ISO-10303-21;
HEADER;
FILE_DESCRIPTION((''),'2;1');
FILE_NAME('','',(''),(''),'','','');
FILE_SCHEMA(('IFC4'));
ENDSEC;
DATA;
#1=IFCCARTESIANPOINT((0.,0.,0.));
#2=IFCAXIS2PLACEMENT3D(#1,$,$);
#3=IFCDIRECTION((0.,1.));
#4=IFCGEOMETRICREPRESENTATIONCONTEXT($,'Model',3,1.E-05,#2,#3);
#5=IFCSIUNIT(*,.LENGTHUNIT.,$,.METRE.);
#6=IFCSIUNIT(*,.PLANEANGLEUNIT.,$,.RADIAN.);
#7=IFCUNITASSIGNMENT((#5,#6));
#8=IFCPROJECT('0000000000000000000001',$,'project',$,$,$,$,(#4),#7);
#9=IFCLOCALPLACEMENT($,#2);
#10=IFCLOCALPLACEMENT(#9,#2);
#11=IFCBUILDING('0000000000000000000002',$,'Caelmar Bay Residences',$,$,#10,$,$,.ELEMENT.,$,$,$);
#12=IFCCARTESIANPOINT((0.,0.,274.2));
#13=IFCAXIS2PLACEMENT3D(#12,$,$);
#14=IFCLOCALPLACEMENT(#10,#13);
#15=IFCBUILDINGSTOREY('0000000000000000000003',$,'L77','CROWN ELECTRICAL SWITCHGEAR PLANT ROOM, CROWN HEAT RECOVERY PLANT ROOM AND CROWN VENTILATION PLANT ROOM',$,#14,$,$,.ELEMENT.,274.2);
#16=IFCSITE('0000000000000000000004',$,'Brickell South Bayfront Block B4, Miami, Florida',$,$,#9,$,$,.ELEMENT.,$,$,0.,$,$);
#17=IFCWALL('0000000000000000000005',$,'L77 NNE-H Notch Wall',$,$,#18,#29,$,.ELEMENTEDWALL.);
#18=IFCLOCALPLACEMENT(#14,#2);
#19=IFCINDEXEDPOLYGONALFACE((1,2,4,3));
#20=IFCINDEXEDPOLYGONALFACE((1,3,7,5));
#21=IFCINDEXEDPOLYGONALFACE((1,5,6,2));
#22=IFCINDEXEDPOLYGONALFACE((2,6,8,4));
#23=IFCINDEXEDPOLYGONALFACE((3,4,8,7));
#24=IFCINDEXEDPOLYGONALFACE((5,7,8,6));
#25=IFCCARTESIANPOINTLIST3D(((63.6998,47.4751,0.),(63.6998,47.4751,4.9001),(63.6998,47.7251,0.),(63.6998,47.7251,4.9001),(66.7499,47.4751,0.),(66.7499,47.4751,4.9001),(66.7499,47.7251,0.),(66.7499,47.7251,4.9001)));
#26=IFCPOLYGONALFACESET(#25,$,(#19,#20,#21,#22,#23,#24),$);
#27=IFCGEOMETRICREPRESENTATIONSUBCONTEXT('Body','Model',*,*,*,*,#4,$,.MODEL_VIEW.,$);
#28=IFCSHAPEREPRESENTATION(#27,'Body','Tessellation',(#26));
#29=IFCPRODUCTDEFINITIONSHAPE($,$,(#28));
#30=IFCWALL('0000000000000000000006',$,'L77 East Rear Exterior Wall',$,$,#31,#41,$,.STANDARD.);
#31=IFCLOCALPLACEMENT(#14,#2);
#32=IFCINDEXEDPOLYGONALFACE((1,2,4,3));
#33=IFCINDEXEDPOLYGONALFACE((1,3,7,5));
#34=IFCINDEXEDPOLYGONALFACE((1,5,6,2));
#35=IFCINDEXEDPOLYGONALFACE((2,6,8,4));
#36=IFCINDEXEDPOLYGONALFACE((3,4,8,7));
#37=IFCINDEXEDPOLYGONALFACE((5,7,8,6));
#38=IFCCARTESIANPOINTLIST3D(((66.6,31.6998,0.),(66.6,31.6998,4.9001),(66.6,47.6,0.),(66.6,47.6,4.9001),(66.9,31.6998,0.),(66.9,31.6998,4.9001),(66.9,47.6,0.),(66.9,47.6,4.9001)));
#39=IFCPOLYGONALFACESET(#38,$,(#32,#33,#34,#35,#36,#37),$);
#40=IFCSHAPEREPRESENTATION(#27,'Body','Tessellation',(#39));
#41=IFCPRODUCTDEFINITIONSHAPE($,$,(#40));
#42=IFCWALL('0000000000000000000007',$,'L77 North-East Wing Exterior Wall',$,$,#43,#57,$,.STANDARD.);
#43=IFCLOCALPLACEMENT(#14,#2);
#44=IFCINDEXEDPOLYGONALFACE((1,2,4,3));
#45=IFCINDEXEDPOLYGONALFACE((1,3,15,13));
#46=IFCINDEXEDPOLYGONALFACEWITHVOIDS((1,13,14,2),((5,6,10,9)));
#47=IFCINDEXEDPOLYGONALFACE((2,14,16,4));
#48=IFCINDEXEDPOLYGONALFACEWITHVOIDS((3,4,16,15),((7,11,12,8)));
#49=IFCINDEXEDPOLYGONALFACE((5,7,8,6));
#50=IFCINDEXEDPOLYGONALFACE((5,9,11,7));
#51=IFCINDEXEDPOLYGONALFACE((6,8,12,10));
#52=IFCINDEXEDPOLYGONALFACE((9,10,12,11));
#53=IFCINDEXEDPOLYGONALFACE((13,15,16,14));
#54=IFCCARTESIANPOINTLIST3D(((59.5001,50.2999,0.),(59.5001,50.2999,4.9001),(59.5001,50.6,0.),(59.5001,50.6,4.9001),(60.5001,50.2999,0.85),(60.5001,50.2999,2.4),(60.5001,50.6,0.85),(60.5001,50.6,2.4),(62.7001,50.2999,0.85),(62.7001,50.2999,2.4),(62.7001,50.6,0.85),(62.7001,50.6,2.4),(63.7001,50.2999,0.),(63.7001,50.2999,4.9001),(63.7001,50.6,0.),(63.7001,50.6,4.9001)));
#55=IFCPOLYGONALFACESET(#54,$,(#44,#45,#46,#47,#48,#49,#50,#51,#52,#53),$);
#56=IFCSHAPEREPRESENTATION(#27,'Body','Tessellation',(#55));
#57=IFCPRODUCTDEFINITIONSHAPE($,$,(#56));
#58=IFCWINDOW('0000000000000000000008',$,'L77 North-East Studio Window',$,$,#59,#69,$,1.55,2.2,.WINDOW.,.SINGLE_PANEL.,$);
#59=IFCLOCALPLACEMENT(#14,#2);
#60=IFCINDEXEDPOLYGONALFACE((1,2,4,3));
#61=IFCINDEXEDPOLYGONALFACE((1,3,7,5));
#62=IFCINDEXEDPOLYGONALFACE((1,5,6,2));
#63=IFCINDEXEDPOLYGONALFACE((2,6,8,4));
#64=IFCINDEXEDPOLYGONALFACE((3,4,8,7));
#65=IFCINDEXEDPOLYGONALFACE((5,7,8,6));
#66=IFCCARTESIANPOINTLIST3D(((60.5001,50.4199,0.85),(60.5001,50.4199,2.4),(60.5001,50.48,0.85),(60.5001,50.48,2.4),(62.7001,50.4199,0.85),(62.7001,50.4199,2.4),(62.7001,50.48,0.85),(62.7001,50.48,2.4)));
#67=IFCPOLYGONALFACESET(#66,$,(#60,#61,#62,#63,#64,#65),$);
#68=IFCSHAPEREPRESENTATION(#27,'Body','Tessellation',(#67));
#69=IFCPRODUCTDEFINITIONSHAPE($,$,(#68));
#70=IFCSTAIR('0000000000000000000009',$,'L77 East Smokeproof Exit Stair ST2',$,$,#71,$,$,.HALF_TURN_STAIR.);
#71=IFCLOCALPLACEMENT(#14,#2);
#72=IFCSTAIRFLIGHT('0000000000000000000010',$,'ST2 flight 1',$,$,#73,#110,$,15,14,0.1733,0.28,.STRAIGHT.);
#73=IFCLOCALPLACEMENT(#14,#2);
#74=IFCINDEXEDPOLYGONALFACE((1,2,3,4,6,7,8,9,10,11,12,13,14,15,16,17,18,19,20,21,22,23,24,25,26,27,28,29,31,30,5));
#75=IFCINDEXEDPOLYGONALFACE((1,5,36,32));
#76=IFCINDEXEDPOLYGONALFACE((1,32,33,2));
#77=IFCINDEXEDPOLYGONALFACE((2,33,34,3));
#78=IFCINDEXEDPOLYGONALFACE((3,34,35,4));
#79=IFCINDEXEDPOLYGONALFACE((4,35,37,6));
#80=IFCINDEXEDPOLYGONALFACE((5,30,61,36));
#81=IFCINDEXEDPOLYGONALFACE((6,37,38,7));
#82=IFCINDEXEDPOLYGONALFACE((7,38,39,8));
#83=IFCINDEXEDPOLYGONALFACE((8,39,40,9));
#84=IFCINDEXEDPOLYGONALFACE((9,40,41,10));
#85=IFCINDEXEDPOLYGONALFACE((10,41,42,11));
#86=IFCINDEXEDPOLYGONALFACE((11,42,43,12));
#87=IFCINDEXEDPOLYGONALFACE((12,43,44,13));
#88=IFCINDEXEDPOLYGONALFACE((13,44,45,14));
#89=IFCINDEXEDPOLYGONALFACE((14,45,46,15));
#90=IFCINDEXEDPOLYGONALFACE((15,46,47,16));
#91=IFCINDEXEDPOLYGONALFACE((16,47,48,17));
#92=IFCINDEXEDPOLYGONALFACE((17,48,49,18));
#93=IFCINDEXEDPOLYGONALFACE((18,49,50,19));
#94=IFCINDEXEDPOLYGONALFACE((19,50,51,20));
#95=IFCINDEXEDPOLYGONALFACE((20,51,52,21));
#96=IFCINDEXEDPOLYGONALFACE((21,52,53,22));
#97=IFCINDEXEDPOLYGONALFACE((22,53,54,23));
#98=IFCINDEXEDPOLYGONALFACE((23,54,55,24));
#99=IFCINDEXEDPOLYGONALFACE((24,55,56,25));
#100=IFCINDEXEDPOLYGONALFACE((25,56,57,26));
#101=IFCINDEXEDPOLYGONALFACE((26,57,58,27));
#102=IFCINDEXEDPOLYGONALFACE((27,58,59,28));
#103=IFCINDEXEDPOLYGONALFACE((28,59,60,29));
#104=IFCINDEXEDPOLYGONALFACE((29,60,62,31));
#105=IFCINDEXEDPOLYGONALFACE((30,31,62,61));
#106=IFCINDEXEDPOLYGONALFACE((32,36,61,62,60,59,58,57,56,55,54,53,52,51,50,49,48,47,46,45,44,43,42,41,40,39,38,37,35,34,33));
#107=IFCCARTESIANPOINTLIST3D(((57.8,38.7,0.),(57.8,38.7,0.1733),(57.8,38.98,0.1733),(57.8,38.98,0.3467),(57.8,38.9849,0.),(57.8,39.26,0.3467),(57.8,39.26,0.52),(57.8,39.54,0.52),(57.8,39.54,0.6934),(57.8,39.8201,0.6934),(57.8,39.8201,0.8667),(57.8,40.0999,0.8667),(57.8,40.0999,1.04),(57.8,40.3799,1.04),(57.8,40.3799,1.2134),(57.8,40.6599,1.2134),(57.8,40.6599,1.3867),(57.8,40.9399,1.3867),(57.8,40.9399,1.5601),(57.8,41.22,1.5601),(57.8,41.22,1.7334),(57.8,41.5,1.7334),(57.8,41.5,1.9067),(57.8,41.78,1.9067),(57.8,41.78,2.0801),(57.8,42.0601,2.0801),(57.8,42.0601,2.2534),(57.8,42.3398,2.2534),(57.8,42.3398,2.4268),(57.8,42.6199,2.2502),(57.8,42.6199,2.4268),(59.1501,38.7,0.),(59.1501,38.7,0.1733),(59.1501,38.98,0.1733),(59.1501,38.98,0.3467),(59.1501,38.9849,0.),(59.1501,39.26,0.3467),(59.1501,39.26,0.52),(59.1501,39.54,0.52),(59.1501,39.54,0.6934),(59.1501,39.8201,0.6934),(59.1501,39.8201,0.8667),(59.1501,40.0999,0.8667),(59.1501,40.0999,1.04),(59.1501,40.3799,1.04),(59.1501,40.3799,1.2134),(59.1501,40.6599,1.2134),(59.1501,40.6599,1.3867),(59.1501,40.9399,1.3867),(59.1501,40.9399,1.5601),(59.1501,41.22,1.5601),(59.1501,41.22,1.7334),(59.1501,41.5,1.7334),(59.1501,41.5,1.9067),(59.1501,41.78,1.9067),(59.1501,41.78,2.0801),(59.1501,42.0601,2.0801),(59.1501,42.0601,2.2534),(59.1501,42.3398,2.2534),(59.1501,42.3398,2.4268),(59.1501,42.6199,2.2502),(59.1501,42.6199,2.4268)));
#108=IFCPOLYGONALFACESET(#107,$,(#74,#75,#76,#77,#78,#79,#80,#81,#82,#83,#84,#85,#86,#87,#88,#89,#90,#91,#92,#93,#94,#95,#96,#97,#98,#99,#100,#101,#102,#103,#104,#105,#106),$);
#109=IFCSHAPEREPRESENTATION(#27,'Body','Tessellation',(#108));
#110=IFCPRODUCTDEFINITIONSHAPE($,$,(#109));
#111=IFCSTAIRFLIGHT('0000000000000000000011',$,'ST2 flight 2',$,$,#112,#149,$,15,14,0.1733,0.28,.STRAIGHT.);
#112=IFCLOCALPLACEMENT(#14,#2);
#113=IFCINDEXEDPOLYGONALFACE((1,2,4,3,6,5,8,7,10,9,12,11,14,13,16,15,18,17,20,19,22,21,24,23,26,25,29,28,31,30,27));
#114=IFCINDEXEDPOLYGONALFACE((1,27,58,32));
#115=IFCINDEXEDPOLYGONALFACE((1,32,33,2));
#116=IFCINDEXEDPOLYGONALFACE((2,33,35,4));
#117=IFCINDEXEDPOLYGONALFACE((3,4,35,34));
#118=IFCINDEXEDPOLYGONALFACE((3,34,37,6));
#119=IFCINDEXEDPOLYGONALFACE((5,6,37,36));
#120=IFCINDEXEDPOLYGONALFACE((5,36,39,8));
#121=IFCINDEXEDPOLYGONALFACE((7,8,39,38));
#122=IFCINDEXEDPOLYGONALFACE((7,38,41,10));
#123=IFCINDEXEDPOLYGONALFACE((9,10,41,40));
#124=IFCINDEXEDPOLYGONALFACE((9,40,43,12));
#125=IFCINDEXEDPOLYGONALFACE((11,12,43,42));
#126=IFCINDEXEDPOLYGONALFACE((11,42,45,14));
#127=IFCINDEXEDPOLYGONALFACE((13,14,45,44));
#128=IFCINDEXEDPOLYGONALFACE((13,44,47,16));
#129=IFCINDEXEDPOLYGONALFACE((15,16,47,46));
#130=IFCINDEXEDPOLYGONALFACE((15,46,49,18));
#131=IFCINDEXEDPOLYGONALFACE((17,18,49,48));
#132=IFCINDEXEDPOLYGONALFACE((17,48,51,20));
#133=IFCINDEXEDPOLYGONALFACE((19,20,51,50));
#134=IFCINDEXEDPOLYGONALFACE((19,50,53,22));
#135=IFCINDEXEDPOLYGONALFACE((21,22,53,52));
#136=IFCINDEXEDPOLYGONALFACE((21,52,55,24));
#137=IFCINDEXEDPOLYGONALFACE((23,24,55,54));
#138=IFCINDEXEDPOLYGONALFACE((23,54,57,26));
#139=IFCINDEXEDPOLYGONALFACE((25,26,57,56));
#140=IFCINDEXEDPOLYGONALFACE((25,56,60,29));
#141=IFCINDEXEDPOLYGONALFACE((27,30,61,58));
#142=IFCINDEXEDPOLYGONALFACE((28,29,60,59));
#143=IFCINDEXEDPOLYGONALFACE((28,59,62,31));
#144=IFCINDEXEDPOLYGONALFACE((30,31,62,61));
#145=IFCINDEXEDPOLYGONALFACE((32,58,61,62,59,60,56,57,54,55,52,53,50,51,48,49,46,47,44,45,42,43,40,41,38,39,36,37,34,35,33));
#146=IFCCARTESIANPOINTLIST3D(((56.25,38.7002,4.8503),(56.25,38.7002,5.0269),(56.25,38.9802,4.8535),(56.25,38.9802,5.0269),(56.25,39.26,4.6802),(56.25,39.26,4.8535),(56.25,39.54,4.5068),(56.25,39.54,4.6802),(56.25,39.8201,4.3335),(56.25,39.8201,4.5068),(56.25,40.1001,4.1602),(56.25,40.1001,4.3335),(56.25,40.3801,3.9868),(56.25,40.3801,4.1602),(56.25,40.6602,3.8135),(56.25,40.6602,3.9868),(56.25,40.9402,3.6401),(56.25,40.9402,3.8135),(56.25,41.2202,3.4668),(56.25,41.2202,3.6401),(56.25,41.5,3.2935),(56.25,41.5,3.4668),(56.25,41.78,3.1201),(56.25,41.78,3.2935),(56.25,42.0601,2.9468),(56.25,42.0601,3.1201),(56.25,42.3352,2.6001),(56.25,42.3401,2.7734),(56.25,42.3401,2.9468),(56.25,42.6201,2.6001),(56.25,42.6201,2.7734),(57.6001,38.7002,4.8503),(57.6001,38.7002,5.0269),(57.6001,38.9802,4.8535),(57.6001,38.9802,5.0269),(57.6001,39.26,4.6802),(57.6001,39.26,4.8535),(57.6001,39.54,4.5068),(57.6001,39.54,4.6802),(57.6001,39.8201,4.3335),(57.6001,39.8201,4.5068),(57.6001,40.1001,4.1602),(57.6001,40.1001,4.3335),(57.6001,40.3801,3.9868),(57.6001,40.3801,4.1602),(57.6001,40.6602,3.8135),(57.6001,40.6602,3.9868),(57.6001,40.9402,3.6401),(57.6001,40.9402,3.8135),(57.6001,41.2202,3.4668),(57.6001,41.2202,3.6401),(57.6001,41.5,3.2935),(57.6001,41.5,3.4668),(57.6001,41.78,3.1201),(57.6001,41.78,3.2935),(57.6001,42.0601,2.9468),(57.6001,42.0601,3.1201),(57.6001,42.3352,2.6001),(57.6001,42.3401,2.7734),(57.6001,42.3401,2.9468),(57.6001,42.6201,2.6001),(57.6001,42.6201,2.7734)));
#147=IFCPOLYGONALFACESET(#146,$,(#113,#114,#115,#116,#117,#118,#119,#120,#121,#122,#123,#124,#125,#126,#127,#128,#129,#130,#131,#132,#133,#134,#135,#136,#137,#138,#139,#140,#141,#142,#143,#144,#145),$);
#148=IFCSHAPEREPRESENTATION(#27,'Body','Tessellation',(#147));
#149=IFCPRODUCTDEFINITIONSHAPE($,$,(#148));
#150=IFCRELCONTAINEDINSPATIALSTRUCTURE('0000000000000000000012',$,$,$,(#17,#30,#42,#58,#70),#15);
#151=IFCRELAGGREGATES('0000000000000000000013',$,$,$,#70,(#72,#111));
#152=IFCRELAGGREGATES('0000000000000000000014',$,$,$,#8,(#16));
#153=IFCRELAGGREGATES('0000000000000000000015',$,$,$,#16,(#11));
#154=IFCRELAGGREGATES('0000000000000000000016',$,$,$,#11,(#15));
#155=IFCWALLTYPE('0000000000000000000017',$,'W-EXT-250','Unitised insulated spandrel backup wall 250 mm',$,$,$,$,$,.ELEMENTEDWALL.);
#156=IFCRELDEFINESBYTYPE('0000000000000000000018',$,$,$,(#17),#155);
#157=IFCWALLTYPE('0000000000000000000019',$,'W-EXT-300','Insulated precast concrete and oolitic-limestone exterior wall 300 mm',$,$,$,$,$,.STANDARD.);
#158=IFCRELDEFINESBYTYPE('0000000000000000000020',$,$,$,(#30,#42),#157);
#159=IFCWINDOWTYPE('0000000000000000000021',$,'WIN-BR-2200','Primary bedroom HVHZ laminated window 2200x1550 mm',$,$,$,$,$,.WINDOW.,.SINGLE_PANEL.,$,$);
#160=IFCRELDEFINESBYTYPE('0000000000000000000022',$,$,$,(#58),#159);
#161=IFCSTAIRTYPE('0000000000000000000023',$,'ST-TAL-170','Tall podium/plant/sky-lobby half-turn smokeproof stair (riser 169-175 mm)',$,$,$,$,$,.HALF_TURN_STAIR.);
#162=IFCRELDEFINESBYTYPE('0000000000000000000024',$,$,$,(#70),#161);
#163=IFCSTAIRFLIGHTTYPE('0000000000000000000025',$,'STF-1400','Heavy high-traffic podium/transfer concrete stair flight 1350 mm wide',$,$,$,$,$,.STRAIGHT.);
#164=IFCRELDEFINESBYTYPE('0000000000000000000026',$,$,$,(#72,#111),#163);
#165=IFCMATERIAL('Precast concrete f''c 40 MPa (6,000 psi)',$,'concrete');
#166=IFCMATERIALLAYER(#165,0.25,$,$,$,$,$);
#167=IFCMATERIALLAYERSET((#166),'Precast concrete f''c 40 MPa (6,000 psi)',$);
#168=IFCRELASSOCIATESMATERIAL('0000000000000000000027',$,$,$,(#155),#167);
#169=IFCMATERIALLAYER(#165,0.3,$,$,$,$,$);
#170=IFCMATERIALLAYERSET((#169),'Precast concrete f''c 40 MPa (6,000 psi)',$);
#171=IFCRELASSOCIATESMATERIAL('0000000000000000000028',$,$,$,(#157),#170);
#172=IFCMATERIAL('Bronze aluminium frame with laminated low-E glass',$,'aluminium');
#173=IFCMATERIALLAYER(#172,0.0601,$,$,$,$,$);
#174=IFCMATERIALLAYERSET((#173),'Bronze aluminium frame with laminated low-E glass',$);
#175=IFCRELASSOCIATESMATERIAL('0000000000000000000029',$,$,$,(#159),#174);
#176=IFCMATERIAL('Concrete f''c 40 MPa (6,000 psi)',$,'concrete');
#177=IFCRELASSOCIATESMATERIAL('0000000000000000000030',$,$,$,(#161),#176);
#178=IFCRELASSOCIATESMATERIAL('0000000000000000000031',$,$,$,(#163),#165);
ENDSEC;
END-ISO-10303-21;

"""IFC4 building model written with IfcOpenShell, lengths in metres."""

from ifc_helpers import new_model, si_unit, direction, frame, frame_2d, origin, place, context, subcontext, project, spatial, polyline, rectangle, outline, extrude, material, layer, layer_set, type_object, element, fill, aggregate, save


model = new_model("IFC4")

# Units and contexts
model_context = context("Model", 3, precision=1e-05, world=origin(), true_north=direction((0.0, 1.0)))
body_context = subcontext(model_context, "Body", "Model", "MODEL_VIEW")
ifc_project = project(units=[si_unit("LENGTHUNIT", "METRE"), si_unit("PLANEANGLEUNIT", "RADIAN")], contexts=[model_context])

# Site, building, storey
site_placement = place(None, origin())
site = spatial("IfcSite", under=ifc_project, at=site_placement, Name="Brickell South Bayfront Block B4, Miami, Florida", CompositionType="ELEMENT", RefElevation=0.0)
building_placement = place(site_placement, origin())
building = spatial("IfcBuilding", under=site, at=building_placement, Name="Caelmar Bay Residences", CompositionType="ELEMENT")
storey_placement = place(building_placement, frame((0.0, 0.0, 274.2)))
storey = spatial("IfcBuildingStorey", under=building, at=storey_placement, Name="L77", Description="CROWN ELECTRICAL SWITCHGEAR PLANT ROOM, CROWN HEAT RECOVERY PLANT ROOM AND CROWN VENTILATION PLANT ROOM", CompositionType="ELEMENT", Elevation=274.2)

# Walls
ifc_material_1 = material(Name="Precast concrete f'c 40 MPa (6,000 psi)", Category="concrete")
ifc_layer_1 = layer(ifc_material_1, 0.25)
ifc_layer_set_1 = layer_set([ifc_layer_1], Name="Precast concrete f'c 40 MPa (6,000 psi)")
wall_type_1 = type_object("IfcWallType", Name="W-EXT-250", Description="Unitised insulated spandrel backup wall 250 mm", PredefinedType="ELEMENTEDWALL", material=ifc_layer_set_1)
wall_1_placement = place(storey_placement, frame((63.7, 47.6001, 0.0), z_axis=(0.0, 0.0, 1.0), x_axis=(1.0, 0.0, 0.0)))
element("IfcWall", 1, at=wall_1_placement, inside=storey, type_object=wall_type_1, Name="L77 NNE-H Notch Wall", PredefinedType="ELEMENTEDWALL", context=body_context, shape_type="SweptSolid", body=[
    extrude(rectangle(XDim=3.05, YDim=0.25, at=frame_2d((1.5249, 0.0))), origin(), (0.0, 0.0, 1.0), 4.9001),
])
ifc_layer_2 = layer(ifc_material_1, 0.3)
ifc_layer_set_2 = layer_set([ifc_layer_2], Name="Precast concrete f'c 40 MPa (6,000 psi)")
wall_type_2 = type_object("IfcWallType", Name="W-EXT-300", Description="Insulated precast concrete and oolitic-limestone exterior wall 300 mm", PredefinedType="STANDARD", material=ifc_layer_set_2)
wall_2_placement = place(storey_placement, frame((66.75, 47.6001, 0.0), z_axis=(0.0, 0.0, 1.0), x_axis=(0.0, -1.0, 0.0)))
element("IfcWall", 2, at=wall_2_placement, inside=storey, type_object=wall_type_2, Name="L77 East Rear Exterior Wall", PredefinedType="STANDARD", context=body_context, shape_type="SweptSolid", body=[
    extrude(rectangle(XDim=15.9001, YDim=0.3, at=frame_2d((7.9502, 0.0))), origin(), (0.0, 0.0, 1.0), 4.9001),
])

# Wall, opening, window
wall_3_placement = place(storey_placement, frame((59.5, 50.45, 0.0), z_axis=(0.0, 0.0, 1.0), x_axis=(1.0, 0.0, 0.0)))
wall_3 = element("IfcWall", 3, at=wall_3_placement, inside=storey, type_object=wall_type_2, Name="L77 North-East Wing Exterior Wall", PredefinedType="STANDARD", context=body_context, shape_type="SweptSolid", body=[
    extrude(rectangle(XDim=4.2, YDim=0.3, at=frame_2d((2.1001, 0.0))), origin(), (0.0, 0.0, 1.0), 4.9001),
])
opening_placement = place(wall_3_placement, frame((1.0, 0.0, 0.8501)))
opening = element("IfcOpeningElement", 4, at=opening_placement, cuts=wall_3, PredefinedType="OPENING", context=body_context, shape_type="SweptSolid", body=[
    extrude(rectangle(XDim=2.2, YDim=1.55, at=frame_2d((1.1001, 0.7749))), frame((0.0, 0.1599, 0.0), z_axis=(0.0, -1.0, 0.0), x_axis=(1.0, 0.0, 0.0)), (0.0, 0.0, 1.0), 0.3201),
])
ifc_material_2 = material(Name="Bronze aluminium frame with laminated low-E glass", Category="aluminium")
ifc_layer_3 = layer(ifc_material_2, 0.0601)
ifc_layer_set_3 = layer_set([ifc_layer_3], Name="Bronze aluminium frame with laminated low-E glass")
window_type = type_object("IfcWindowType", Name="WIN-BR-2200", Description="Primary bedroom HVHZ laminated window 2200x1550 mm", PartitioningType="SINGLE_PANEL", PredefinedType="WINDOW", material=ifc_layer_set_3)
window_placement = place(opening_placement, origin())
window = element("IfcWindow", 5, at=window_placement, inside=storey, type_object=window_type, Name="L77 North-East Studio Window", OverallHeight=1.55, OverallWidth=2.2, PartitioningType="SINGLE_PANEL", PredefinedType="WINDOW", context=body_context, shape_type="SweptSolid", body=[
    extrude(rectangle(XDim=2.2, YDim=1.55, at=frame_2d((1.1001, 0.7749))), frame((0.0, 0.03, 0.0), z_axis=(0.0, -1.0, 0.0), x_axis=(1.0, 0.0, 0.0)), (0.0, 0.0, 1.0), 0.0601),
])
fill(opening, window)

# Stair, stair flights
ifc_material_3 = material(Name="Concrete f'c 40 MPa (6,000 psi)", Category="concrete")
stair_type = type_object("IfcStairType", Name="ST-TAL-170", Description="Tall podium/plant/sky-lobby half-turn smokeproof stair (riser 169-175 mm)", PredefinedType="HALF_TURN_STAIR", material=ifc_material_3)
stair_placement = place(storey_placement, origin())
stair = element("IfcStair", 6, at=stair_placement, inside=storey, type_object=stair_type, Name="L77 East Smokeproof Exit Stair ST2", PredefinedType="HALF_TURN_STAIR")
stair_flight_type = type_object("IfcStairFlightType", Name="STF-1400", Description="Heavy high-traffic podium/transfer concrete stair flight 1350 mm wide", PredefinedType="STRAIGHT", material=ifc_material_1)
stair_flight_1_placement = place(storey_placement, frame((58.4751, 38.7, 0.0), z_axis=(0.0, 0.0, 1.0), x_axis=(0.0, 1.0, 0.0)))
stair_flight_1 = element("IfcStairFlight", 7, at=stair_flight_1_placement, type_object=stair_flight_type, Name="ST2 flight 1", NumberOfRisers=15, NumberOfTreads=14, PredefinedType="STRAIGHT", RiserHeight=0.1733, TreadLength=0.28, context=body_context, shape_type="SweptSolid", body=[
    extrude(outline(polyline([(0.0, 0.0), (0.0, 0.1733), (0.28, 0.1733), (0.28, 0.3467), (0.5601, 0.3467), (0.5601, 0.52), (0.8401, 0.52), (0.8401, 0.6934), (1.1201, 0.6934), (1.1201, 0.8667), (1.3999, 0.8667), (1.3999, 1.04), (1.6799, 1.04), (1.6799, 1.2134), (1.96, 1.2134), (1.96, 1.3867), (2.24, 1.3867), (2.24, 1.5601), (2.52, 1.5601), (2.52, 1.7334), (2.8, 1.7334), (2.8, 1.9067), (3.0801, 1.9067), (3.0801, 2.0801), (3.3601, 2.0801), (3.3601, 2.2534), (3.6399, 2.2534), (3.6399, 2.4268), (3.9199, 2.4268), (3.9199, 2.6001), (3.9199, 2.2502), (0.2849, 0.0), (0.0, 0.0)])), frame((0.0, 0.675, 0.0), z_axis=(0.0, -1.0, 0.0), x_axis=(1.0, 0.0, 0.0)), (0.0, 0.0, 1.0), 1.3501),
])
stair_flight_2_placement = place(storey_placement, frame((56.925, 42.6201, 2.6001), z_axis=(0.0, 0.0, 1.0), x_axis=(0.0, -1.0, 0.0)))
stair_flight_2 = element("IfcStairFlight", 8, at=stair_flight_2_placement, type_object=stair_flight_type, Name="ST2 flight 2", NumberOfRisers=15, NumberOfTreads=14, PredefinedType="STRAIGHT", RiserHeight=0.1733, TreadLength=0.28, context=body_context, shape_type="SweptSolid", body=[
    extrude(outline(polyline([(0.0, 0.0), (0.0, 0.1733), (0.28, 0.1733), (0.28, 0.3467), (0.5601, 0.3467), (0.5601, 0.52), (0.8401, 0.52), (0.8401, 0.6934), (1.1201, 0.6934), (1.1201, 0.8667), (1.3999, 0.8667), (1.3999, 1.04), (1.6799, 1.04), (1.6799, 1.2134), (1.96, 1.2134), (1.96, 1.3867), (2.24, 1.3867), (2.24, 1.5601), (2.52, 1.5601), (2.52, 1.7334), (2.8, 1.7334), (2.8, 1.9067), (3.0801, 1.9067), (3.0801, 2.0801), (3.3601, 2.0801), (3.3601, 2.2534), (3.6399, 2.2534), (3.6399, 2.4268), (3.9199, 2.4268), (3.9199, 2.6001), (3.9199, 2.2502), (0.2849, 0.0), (0.0, 0.0)])), frame((0.0, 0.675, 0.0), z_axis=(0.0, -1.0, 0.0), x_axis=(1.0, 0.0, 0.0)), (0.0, 0.0, 1.0), 1.3501),
])
aggregate(stair, [stair_flight_1, stair_flight_2])

save(model, "model.ifc")
